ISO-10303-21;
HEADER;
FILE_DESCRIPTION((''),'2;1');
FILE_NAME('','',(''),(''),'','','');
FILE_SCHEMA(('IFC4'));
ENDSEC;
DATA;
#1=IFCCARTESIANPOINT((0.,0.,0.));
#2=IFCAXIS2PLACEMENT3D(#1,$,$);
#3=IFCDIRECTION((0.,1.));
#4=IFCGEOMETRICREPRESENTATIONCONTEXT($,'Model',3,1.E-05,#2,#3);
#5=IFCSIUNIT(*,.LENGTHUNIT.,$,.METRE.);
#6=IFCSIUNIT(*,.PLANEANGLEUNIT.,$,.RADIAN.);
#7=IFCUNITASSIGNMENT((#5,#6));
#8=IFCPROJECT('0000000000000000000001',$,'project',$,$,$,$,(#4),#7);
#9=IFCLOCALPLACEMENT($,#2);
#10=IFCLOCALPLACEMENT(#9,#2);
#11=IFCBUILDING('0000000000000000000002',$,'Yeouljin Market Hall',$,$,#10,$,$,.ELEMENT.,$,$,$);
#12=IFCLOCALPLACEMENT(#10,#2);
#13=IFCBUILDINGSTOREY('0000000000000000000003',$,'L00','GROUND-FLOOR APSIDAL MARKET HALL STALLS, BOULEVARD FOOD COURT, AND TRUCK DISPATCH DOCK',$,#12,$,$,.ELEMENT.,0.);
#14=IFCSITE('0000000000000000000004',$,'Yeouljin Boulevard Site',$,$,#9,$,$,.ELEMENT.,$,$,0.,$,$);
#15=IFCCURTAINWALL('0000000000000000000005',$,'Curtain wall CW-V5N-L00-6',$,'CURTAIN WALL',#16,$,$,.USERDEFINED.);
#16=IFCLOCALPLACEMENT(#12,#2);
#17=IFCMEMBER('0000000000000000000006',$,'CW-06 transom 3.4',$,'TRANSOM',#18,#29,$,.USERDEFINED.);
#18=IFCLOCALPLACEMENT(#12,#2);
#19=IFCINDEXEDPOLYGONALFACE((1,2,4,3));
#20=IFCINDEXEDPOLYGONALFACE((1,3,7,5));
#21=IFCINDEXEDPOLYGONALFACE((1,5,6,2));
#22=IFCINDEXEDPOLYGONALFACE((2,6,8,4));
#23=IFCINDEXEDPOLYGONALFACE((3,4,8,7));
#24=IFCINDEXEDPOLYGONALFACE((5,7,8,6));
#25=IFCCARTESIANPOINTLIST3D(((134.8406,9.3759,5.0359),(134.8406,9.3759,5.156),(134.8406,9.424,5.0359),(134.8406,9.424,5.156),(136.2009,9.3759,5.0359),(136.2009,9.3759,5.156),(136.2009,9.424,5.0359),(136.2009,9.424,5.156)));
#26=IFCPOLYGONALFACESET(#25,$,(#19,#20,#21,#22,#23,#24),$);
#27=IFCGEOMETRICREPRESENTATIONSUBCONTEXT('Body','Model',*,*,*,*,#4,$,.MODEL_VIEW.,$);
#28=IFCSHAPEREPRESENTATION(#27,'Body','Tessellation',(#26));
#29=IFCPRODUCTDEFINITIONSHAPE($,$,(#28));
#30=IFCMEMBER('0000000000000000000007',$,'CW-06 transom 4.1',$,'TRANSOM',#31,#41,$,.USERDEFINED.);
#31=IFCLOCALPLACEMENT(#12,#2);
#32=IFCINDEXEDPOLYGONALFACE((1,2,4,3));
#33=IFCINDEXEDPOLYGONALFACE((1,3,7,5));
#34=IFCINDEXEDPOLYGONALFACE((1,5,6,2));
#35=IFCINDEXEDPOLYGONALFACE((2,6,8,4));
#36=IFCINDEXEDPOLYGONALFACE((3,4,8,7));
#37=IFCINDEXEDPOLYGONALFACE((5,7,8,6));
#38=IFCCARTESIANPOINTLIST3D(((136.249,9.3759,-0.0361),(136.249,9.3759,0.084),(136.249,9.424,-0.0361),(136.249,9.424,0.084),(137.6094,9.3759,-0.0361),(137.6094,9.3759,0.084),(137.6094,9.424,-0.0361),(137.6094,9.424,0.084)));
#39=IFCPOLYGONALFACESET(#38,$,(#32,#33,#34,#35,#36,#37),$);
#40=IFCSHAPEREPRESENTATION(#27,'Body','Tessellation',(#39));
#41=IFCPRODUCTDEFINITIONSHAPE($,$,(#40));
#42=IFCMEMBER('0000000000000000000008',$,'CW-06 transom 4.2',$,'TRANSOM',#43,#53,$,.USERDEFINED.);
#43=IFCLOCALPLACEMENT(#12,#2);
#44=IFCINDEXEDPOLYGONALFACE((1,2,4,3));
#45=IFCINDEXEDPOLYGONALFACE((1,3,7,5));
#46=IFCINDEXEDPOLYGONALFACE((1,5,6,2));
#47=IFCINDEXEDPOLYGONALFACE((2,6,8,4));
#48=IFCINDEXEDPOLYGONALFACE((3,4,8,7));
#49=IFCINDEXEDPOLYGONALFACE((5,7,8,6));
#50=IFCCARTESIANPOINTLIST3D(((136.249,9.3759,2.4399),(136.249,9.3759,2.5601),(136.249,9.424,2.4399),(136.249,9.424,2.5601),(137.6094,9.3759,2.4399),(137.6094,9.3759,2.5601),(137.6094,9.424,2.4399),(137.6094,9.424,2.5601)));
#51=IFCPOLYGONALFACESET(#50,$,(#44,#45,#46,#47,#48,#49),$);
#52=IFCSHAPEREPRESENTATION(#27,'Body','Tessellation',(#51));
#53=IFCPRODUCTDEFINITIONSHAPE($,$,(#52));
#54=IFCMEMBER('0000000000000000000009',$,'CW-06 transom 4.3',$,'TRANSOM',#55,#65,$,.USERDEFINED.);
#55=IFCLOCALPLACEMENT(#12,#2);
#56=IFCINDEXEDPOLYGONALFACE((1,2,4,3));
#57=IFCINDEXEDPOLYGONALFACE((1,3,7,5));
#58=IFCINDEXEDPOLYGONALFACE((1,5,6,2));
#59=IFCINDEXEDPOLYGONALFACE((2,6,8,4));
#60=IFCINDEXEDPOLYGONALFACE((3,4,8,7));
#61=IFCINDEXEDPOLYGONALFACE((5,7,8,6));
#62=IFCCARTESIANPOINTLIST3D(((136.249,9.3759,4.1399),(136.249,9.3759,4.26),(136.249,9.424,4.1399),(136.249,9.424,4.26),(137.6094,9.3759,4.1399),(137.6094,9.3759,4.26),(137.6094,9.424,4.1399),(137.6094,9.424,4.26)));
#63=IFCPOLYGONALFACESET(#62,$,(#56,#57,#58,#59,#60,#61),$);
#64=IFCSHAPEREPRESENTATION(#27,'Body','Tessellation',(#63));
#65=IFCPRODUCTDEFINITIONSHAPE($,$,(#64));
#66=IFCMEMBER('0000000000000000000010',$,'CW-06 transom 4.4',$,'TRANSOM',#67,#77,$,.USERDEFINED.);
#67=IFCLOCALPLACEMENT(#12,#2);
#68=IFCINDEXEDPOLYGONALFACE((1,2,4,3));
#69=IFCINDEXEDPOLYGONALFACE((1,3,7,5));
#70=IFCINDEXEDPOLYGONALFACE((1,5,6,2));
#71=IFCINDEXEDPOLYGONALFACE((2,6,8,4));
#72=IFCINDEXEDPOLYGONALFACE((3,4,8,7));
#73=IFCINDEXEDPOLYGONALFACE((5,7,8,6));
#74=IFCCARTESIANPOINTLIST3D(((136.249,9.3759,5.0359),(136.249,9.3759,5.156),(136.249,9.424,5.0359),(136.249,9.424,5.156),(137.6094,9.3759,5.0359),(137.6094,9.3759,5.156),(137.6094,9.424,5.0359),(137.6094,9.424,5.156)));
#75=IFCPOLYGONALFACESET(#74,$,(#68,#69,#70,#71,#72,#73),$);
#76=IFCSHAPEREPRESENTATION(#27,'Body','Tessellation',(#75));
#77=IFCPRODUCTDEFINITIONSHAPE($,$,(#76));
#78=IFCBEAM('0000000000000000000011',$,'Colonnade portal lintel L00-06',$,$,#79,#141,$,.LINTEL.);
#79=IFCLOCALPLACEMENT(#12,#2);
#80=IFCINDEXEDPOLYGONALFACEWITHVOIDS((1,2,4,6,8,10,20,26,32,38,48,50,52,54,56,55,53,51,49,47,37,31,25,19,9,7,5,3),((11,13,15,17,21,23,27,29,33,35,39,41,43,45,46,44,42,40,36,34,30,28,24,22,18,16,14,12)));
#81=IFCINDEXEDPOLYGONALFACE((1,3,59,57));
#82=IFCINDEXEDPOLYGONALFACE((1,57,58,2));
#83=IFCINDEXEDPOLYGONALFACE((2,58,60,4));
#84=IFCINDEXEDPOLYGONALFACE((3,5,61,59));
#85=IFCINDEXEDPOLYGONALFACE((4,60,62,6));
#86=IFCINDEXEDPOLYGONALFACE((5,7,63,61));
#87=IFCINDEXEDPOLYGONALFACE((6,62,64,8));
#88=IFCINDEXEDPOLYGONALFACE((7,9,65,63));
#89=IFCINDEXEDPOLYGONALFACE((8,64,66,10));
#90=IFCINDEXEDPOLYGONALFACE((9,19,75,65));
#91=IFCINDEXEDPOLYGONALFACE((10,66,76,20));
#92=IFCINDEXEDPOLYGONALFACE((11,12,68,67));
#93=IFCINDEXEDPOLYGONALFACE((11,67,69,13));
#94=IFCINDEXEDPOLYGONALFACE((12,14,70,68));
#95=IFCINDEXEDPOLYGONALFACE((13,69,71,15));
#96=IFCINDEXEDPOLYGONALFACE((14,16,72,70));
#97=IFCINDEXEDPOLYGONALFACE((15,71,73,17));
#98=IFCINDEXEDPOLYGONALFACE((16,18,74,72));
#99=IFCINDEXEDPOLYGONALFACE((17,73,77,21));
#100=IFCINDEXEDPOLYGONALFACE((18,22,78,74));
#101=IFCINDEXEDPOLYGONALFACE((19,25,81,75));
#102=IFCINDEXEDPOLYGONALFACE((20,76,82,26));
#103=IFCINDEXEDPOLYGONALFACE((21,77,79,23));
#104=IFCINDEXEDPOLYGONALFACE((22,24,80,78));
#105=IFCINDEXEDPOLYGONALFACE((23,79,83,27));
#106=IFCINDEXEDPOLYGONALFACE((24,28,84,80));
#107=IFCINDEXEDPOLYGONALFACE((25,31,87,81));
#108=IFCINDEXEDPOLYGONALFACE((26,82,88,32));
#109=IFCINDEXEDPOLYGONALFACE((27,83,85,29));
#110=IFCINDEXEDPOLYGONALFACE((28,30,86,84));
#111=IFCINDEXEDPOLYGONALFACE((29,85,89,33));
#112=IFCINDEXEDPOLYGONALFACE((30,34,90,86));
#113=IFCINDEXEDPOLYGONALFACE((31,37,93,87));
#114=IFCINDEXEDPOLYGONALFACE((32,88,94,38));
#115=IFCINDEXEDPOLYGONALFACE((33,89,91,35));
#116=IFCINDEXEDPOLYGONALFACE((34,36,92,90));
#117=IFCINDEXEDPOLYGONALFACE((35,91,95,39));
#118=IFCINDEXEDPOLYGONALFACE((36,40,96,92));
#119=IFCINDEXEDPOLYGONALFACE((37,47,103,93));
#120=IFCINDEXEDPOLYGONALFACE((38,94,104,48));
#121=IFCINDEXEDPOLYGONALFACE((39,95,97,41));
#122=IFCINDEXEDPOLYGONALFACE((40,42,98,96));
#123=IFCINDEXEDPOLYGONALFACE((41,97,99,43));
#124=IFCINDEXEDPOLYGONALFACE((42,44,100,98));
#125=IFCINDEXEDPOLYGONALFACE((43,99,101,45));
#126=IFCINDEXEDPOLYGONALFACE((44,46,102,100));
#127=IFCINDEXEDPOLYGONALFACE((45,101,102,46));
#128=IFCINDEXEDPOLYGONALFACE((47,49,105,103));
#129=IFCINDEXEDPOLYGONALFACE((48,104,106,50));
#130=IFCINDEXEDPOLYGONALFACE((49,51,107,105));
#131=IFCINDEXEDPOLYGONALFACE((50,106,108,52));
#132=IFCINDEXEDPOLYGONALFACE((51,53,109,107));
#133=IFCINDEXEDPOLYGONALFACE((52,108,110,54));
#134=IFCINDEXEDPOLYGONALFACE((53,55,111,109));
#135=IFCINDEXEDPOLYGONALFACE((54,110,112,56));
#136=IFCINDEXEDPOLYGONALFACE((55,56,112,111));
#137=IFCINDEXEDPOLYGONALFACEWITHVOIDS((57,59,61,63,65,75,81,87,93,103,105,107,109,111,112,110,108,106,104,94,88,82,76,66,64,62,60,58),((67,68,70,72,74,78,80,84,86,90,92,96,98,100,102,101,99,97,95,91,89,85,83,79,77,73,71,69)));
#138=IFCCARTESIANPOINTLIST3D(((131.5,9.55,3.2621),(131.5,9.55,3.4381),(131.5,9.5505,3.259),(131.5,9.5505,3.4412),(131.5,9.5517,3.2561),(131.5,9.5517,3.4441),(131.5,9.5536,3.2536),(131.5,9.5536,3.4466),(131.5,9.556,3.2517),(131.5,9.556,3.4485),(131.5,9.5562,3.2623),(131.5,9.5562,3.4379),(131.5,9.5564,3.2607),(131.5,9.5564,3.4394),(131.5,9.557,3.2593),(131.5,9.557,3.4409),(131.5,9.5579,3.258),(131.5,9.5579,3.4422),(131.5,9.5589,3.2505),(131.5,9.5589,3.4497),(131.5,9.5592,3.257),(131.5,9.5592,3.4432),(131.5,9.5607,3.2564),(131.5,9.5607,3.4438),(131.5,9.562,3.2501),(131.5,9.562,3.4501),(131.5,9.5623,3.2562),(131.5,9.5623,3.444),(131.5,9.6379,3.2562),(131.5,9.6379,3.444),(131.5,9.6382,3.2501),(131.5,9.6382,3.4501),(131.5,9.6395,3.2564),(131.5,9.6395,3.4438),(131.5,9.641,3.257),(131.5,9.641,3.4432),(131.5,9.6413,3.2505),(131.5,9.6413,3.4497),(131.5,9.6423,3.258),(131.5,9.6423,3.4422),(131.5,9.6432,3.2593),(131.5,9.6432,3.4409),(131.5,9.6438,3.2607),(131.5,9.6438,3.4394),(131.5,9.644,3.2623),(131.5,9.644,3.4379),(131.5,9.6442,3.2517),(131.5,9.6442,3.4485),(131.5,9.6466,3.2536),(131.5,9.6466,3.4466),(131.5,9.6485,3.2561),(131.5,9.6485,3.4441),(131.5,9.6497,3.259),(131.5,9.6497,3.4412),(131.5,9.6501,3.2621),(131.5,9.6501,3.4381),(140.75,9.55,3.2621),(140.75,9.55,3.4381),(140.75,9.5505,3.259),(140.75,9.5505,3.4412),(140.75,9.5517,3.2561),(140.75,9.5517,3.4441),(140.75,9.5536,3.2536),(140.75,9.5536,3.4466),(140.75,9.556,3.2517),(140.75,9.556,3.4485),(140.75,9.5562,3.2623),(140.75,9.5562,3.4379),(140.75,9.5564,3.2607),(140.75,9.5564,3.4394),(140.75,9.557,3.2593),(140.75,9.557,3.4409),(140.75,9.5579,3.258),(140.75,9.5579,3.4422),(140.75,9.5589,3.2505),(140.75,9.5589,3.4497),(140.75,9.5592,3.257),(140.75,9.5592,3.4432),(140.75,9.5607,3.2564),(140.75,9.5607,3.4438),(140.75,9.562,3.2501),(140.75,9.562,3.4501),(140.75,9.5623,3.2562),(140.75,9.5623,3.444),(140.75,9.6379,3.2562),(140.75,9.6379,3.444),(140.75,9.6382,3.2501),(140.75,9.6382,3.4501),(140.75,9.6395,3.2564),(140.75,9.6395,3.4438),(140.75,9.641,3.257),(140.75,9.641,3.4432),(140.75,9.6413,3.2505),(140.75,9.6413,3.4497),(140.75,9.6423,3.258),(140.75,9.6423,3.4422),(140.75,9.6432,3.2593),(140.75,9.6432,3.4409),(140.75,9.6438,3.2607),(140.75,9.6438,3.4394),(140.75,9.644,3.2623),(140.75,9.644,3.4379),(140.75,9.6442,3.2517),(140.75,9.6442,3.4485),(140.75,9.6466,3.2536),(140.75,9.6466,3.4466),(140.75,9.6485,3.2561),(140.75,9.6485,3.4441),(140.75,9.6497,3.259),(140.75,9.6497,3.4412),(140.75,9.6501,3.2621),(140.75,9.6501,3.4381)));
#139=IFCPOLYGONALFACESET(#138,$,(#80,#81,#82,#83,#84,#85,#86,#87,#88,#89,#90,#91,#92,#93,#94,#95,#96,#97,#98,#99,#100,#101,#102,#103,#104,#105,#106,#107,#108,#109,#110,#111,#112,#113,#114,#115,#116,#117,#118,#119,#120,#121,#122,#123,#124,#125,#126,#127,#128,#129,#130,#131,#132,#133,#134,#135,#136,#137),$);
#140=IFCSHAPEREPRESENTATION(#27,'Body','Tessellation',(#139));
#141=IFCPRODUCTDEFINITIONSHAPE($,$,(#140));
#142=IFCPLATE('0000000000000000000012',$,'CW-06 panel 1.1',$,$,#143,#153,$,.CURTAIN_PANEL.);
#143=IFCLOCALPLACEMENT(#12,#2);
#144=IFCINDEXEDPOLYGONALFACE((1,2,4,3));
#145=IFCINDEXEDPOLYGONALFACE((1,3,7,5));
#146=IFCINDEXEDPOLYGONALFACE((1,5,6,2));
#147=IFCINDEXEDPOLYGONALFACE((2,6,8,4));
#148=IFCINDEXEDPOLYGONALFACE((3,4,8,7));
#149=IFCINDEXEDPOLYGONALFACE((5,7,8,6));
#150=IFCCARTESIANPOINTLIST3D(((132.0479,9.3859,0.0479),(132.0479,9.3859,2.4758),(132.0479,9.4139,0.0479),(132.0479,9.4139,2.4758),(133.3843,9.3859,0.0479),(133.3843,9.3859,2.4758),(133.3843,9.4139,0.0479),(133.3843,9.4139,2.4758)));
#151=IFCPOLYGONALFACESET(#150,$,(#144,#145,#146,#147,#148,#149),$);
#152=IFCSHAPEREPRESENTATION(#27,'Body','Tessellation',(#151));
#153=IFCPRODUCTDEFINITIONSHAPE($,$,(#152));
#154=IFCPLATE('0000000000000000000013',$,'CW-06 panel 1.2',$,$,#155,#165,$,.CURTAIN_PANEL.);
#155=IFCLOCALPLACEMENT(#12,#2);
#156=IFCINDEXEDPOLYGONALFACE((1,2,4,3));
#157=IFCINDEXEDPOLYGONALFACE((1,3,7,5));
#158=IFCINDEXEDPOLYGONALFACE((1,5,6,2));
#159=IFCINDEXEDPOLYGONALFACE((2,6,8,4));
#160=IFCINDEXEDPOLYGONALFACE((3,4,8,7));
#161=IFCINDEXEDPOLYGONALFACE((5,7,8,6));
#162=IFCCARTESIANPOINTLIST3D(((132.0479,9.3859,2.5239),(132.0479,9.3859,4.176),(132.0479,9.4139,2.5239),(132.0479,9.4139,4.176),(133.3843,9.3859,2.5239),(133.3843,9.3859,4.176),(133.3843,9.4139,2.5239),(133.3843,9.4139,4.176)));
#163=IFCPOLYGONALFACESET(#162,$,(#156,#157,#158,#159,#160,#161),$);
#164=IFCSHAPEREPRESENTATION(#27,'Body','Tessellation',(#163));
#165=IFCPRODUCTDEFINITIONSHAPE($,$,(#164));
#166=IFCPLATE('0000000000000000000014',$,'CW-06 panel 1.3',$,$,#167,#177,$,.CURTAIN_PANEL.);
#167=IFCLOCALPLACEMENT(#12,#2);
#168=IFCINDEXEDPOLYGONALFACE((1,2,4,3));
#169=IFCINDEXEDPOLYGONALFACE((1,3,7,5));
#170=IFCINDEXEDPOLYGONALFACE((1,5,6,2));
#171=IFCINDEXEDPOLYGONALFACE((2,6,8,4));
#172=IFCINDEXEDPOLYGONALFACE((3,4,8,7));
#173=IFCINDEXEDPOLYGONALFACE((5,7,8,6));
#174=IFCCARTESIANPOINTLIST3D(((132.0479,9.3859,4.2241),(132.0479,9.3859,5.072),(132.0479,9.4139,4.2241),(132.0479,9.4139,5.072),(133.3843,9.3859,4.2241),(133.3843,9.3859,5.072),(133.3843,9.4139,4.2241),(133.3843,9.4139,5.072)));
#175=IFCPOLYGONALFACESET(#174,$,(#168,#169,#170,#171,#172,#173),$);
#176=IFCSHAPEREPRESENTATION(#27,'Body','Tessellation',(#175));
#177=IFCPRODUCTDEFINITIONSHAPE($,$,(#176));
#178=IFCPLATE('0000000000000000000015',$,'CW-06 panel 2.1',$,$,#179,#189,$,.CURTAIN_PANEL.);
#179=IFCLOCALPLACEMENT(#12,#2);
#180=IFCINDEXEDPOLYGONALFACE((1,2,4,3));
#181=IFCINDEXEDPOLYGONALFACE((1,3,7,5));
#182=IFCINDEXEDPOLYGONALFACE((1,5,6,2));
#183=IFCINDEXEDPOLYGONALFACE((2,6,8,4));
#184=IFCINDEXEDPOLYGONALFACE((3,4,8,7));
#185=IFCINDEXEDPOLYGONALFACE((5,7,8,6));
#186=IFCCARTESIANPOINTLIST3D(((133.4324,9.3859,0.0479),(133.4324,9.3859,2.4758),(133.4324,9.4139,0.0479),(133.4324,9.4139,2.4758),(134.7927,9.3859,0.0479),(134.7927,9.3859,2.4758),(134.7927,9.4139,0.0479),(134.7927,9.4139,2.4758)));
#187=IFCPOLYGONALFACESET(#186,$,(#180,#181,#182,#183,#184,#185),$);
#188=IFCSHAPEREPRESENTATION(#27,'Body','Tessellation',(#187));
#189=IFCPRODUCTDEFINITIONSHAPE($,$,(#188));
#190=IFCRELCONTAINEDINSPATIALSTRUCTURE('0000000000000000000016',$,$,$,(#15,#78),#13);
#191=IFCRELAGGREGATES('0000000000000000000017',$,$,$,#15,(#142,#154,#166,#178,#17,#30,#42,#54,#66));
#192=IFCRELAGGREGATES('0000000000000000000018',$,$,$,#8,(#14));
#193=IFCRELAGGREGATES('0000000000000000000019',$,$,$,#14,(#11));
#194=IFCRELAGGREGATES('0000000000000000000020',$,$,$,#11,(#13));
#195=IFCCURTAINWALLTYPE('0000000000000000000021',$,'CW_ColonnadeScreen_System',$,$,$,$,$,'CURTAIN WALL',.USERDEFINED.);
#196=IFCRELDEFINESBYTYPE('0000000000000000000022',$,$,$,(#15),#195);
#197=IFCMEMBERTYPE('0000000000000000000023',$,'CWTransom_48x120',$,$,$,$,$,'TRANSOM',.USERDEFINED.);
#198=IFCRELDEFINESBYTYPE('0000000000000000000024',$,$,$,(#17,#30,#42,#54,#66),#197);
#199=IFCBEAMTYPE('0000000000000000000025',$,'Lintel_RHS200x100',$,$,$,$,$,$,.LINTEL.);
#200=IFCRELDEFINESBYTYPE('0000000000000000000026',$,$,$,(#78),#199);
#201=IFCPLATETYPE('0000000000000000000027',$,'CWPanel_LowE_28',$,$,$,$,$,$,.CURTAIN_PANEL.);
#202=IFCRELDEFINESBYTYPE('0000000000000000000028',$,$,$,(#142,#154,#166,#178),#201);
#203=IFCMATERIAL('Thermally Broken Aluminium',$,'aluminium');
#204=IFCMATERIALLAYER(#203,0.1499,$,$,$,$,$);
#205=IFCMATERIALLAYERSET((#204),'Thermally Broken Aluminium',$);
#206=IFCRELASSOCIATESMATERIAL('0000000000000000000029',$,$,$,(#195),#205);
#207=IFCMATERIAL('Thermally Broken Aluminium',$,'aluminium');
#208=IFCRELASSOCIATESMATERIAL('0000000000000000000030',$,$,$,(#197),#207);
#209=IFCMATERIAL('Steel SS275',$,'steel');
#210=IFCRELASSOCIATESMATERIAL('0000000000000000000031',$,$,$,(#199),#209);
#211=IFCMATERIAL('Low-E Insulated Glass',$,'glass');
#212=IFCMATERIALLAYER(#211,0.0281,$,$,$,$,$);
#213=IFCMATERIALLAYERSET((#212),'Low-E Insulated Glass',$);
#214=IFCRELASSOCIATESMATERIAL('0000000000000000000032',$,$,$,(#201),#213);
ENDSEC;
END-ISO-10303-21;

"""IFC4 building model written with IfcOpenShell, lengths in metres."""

from ifc_helpers import new_model, si_unit, direction, frame, origin, origin_2d, place, context, subcontext, project, spatial, rectangle, hollow_rectangle, extrude, material, layer, layer_set, material_profile, profile_set, type_object, element, aggregate, save


model = new_model("IFC4")

# Units and contexts
model_context = context("Model", 3, precision=1e-05, world=origin(), true_north=direction((0.0, 1.0)))
body_context = subcontext(model_context, "Body", "Model", "MODEL_VIEW")
ifc_project = project(units=[si_unit("LENGTHUNIT", "METRE"), si_unit("PLANEANGLEUNIT", "RADIAN")], contexts=[model_context])

# Site, building, storey
site_placement = place(None, origin())
site = spatial("IfcSite", under=ifc_project, at=site_placement, Name="Yeouljin Boulevard Site", CompositionType="ELEMENT", RefElevation=0.0)
building_placement = place(site_placement, origin())
building = spatial("IfcBuilding", under=site, at=building_placement, Name="Yeouljin Market Hall", CompositionType="ELEMENT")
storey_placement = place(building_placement, origin())
storey = spatial("IfcBuildingStorey", under=building, at=storey_placement, Name="L00", Description="GROUND-FLOOR APSIDAL MARKET HALL STALLS, BOULEVARD FOOD COURT, AND TRUCK DISPATCH DOCK", CompositionType="ELEMENT", Elevation=0.0)

# Curtain wall, members
ifc_material_1 = material(Name="Thermally Broken Aluminium", Category="aluminium")
ifc_layer_1 = layer(ifc_material_1, 0.1499)
ifc_layer_set_1 = layer_set([ifc_layer_1], Name="Thermally Broken Aluminium")
curtain_wall_type = type_object("IfcCurtainWallType", Name="CW_ColonnadeScreen_System", ElementType="CURTAIN WALL", PredefinedType="USERDEFINED", material=ifc_layer_set_1)
curtain_wall_placement = place(storey_placement, origin())
curtain_wall = element("IfcCurtainWall", 1, at=curtain_wall_placement, inside=storey, type_object=curtain_wall_type, Name="Curtain wall CW-V5N-L00-6", ObjectType="CURTAIN WALL", PredefinedType="USERDEFINED")
ifc_material_2 = material(Name="Thermally Broken Aluminium", Category="aluminium")
ifc_material_profile_1 = material_profile(ifc_material_2, rectangle(XDim=0.0481, YDim=0.1201, at=origin_2d()), Name="CW-TRAN-48x120")
ifc_profile_set_1 = profile_set([ifc_material_profile_1], Name="Thermally Broken Aluminium")
member_type_1 = type_object("IfcMemberType", Name="CWTransom_48x120", ElementType="TRANSOM", PredefinedType="USERDEFINED", material=ifc_profile_set_1)
member_1_placement = place(storey_placement, frame((134.8406, 9.3999, 5.0959), z_axis=(1.0, 0.0, 0.0), x_axis=(0.0, 1.0, 0.0)))
member_1 = element("IfcMember", 2, at=member_1_placement, type_object=member_type_1, Name="CW-06 transom 3.4", ObjectType="TRANSOM", PredefinedType="USERDEFINED", context=body_context, shape_type="SweptSolid", body=[
    extrude(rectangle(XDim=0.0481, YDim=0.1201, at=origin_2d()), origin(), (0.0, 0.0, 1.0), 1.3604),
])
member_2_placement = place(storey_placement, frame((136.249, 9.3999, 0.0239), z_axis=(1.0, 0.0, 0.0), x_axis=(0.0, 1.0, 0.0)))
member_2 = element("IfcMember", 3, at=member_2_placement, type_object=member_type_1, Name="CW-06 transom 4.1", ObjectType="TRANSOM", PredefinedType="USERDEFINED", context=body_context, shape_type="SweptSolid", body=[
    extrude(rectangle(XDim=0.0481, YDim=0.1201, at=origin_2d()), origin(), (0.0, 0.0, 1.0), 1.3604),
])
member_3_placement = place(storey_placement, frame((136.249, 9.3999, 2.5), z_axis=(1.0, 0.0, 0.0), x_axis=(0.0, 1.0, 0.0)))
member_3 = element("IfcMember", 4, at=member_3_placement, type_object=member_type_1, Name="CW-06 transom 4.2", ObjectType="TRANSOM", PredefinedType="USERDEFINED", context=body_context, shape_type="SweptSolid", body=[
    extrude(rectangle(XDim=0.0481, YDim=0.1201, at=origin_2d()), origin(), (0.0, 0.0, 1.0), 1.3604),
])
member_4_placement = place(storey_placement, frame((136.249, 9.3999, 4.2), z_axis=(1.0, 0.0, 0.0), x_axis=(0.0, 1.0, 0.0)))
member_4 = element("IfcMember", 5, at=member_4_placement, type_object=member_type_1, Name="CW-06 transom 4.3", ObjectType="TRANSOM", PredefinedType="USERDEFINED", context=body_context, shape_type="SweptSolid", body=[
    extrude(rectangle(XDim=0.0481, YDim=0.1201, at=origin_2d()), origin(), (0.0, 0.0, 1.0), 1.3604),
])
member_5_placement = place(storey_placement, frame((136.249, 9.3999, 5.0959), z_axis=(1.0, 0.0, 0.0), x_axis=(0.0, 1.0, 0.0)))
member_5 = element("IfcMember", 6, at=member_5_placement, type_object=member_type_1, Name="CW-06 transom 4.4", ObjectType="TRANSOM", PredefinedType="USERDEFINED", context=body_context, shape_type="SweptSolid", body=[
    extrude(rectangle(XDim=0.0481, YDim=0.1201, at=origin_2d()), origin(), (0.0, 0.0, 1.0), 1.3604),
])

# Beam
ifc_material_3 = material(Name="Steel SS275", Category="steel")
ifc_material_profile_2 = material_profile(ifc_material_3, hollow_rectangle(XDim=0.1001, YDim=0.2, WallThickness=0.0061, InnerFilletRadius=0.0061, OuterFilletRadius=0.012, at=origin_2d()), Name="RHS-200x100x6")
ifc_profile_set_2 = profile_set([ifc_material_profile_2], Name="Steel SS275")
beam_type = type_object("IfcBeamType", Name="Lintel_RHS200x100", PredefinedType="LINTEL", material=ifc_profile_set_2)
beam_placement = place(storey_placement, frame((131.5, 9.6001, 3.3501), z_axis=(1.0, 0.0, 0.0), x_axis=(0.0, 1.0, 0.0)))
element("IfcBeam", 7, at=beam_placement, inside=storey, type_object=beam_type, Name="Colonnade portal lintel L00-06", PredefinedType="LINTEL", context=body_context, shape_type="SweptSolid", body=[
    extrude(hollow_rectangle(XDim=0.1001, YDim=0.2, WallThickness=0.0061, InnerFilletRadius=0.0061, OuterFilletRadius=0.012, at=origin_2d()), origin(), (0.0, 0.0, 1.0), 9.25),
])

# Plates
ifc_material_4 = material(Name="Low-E Insulated Glass", Category="glass")
ifc_layer_2 = layer(ifc_material_4, 0.0281)
ifc_layer_set_2 = layer_set([ifc_layer_2], Name="Low-E Insulated Glass")
plate_type_1 = type_object("IfcPlateType", Name="CWPanel_LowE_28", PredefinedType="CURTAIN_PANEL", material=ifc_layer_set_2)
plate_1_placement = place(storey_placement, frame((132.7161, 9.3999, 0.0479), z_axis=(0.0, 0.0, 1.0), x_axis=(1.0, 0.0, 0.0)))
plate_1 = element("IfcPlate", 8, at=plate_1_placement, type_object=plate_type_1, Name="CW-06 panel 1.1", PredefinedType="CURTAIN_PANEL", context=body_context, shape_type="SweptSolid", body=[
    extrude(rectangle(XDim=1.3364, YDim=0.0281, at=origin_2d()), origin(), (0.0, 0.0, 1.0), 2.428),
])
plate_2_placement = place(storey_placement, frame((132.7161, 9.3999, 2.5239), z_axis=(0.0, 0.0, 1.0), x_axis=(1.0, 0.0, 0.0)))
plate_2 = element("IfcPlate", 9, at=plate_2_placement, type_object=plate_type_1, Name="CW-06 panel 1.2", PredefinedType="CURTAIN_PANEL", context=body_context, shape_type="SweptSolid", body=[
    extrude(rectangle(XDim=1.3364, YDim=0.0281, at=origin_2d()), origin(), (0.0, 0.0, 1.0), 1.6521),
])
plate_3_placement = place(storey_placement, frame((132.7161, 9.3999, 4.2241), z_axis=(0.0, 0.0, 1.0), x_axis=(1.0, 0.0, 0.0)))
plate_3 = element("IfcPlate", 10, at=plate_3_placement, type_object=plate_type_1, Name="CW-06 panel 1.3", PredefinedType="CURTAIN_PANEL", context=body_context, shape_type="SweptSolid", body=[
    extrude(rectangle(XDim=1.3364, YDim=0.0281, at=origin_2d()), origin(), (0.0, 0.0, 1.0), 0.8479),
])
plate_4_placement = place(storey_placement, frame((134.1125, 9.3999, 0.0479), z_axis=(0.0, 0.0, 1.0), x_axis=(1.0, 0.0, 0.0)))
plate_4 = element("IfcPlate", 11, at=plate_4_placement, type_object=plate_type_1, Name="CW-06 panel 2.1", PredefinedType="CURTAIN_PANEL", context=body_context, shape_type="SweptSolid", body=[
    extrude(rectangle(XDim=1.3604, YDim=0.0281, at=origin_2d()), origin(), (0.0, 0.0, 1.0), 2.428),
])
aggregate(curtain_wall, [plate_1, plate_2, plate_3, plate_4, member_1, member_2, member_3, member_4, member_5])

save(model, "model.ifc")
